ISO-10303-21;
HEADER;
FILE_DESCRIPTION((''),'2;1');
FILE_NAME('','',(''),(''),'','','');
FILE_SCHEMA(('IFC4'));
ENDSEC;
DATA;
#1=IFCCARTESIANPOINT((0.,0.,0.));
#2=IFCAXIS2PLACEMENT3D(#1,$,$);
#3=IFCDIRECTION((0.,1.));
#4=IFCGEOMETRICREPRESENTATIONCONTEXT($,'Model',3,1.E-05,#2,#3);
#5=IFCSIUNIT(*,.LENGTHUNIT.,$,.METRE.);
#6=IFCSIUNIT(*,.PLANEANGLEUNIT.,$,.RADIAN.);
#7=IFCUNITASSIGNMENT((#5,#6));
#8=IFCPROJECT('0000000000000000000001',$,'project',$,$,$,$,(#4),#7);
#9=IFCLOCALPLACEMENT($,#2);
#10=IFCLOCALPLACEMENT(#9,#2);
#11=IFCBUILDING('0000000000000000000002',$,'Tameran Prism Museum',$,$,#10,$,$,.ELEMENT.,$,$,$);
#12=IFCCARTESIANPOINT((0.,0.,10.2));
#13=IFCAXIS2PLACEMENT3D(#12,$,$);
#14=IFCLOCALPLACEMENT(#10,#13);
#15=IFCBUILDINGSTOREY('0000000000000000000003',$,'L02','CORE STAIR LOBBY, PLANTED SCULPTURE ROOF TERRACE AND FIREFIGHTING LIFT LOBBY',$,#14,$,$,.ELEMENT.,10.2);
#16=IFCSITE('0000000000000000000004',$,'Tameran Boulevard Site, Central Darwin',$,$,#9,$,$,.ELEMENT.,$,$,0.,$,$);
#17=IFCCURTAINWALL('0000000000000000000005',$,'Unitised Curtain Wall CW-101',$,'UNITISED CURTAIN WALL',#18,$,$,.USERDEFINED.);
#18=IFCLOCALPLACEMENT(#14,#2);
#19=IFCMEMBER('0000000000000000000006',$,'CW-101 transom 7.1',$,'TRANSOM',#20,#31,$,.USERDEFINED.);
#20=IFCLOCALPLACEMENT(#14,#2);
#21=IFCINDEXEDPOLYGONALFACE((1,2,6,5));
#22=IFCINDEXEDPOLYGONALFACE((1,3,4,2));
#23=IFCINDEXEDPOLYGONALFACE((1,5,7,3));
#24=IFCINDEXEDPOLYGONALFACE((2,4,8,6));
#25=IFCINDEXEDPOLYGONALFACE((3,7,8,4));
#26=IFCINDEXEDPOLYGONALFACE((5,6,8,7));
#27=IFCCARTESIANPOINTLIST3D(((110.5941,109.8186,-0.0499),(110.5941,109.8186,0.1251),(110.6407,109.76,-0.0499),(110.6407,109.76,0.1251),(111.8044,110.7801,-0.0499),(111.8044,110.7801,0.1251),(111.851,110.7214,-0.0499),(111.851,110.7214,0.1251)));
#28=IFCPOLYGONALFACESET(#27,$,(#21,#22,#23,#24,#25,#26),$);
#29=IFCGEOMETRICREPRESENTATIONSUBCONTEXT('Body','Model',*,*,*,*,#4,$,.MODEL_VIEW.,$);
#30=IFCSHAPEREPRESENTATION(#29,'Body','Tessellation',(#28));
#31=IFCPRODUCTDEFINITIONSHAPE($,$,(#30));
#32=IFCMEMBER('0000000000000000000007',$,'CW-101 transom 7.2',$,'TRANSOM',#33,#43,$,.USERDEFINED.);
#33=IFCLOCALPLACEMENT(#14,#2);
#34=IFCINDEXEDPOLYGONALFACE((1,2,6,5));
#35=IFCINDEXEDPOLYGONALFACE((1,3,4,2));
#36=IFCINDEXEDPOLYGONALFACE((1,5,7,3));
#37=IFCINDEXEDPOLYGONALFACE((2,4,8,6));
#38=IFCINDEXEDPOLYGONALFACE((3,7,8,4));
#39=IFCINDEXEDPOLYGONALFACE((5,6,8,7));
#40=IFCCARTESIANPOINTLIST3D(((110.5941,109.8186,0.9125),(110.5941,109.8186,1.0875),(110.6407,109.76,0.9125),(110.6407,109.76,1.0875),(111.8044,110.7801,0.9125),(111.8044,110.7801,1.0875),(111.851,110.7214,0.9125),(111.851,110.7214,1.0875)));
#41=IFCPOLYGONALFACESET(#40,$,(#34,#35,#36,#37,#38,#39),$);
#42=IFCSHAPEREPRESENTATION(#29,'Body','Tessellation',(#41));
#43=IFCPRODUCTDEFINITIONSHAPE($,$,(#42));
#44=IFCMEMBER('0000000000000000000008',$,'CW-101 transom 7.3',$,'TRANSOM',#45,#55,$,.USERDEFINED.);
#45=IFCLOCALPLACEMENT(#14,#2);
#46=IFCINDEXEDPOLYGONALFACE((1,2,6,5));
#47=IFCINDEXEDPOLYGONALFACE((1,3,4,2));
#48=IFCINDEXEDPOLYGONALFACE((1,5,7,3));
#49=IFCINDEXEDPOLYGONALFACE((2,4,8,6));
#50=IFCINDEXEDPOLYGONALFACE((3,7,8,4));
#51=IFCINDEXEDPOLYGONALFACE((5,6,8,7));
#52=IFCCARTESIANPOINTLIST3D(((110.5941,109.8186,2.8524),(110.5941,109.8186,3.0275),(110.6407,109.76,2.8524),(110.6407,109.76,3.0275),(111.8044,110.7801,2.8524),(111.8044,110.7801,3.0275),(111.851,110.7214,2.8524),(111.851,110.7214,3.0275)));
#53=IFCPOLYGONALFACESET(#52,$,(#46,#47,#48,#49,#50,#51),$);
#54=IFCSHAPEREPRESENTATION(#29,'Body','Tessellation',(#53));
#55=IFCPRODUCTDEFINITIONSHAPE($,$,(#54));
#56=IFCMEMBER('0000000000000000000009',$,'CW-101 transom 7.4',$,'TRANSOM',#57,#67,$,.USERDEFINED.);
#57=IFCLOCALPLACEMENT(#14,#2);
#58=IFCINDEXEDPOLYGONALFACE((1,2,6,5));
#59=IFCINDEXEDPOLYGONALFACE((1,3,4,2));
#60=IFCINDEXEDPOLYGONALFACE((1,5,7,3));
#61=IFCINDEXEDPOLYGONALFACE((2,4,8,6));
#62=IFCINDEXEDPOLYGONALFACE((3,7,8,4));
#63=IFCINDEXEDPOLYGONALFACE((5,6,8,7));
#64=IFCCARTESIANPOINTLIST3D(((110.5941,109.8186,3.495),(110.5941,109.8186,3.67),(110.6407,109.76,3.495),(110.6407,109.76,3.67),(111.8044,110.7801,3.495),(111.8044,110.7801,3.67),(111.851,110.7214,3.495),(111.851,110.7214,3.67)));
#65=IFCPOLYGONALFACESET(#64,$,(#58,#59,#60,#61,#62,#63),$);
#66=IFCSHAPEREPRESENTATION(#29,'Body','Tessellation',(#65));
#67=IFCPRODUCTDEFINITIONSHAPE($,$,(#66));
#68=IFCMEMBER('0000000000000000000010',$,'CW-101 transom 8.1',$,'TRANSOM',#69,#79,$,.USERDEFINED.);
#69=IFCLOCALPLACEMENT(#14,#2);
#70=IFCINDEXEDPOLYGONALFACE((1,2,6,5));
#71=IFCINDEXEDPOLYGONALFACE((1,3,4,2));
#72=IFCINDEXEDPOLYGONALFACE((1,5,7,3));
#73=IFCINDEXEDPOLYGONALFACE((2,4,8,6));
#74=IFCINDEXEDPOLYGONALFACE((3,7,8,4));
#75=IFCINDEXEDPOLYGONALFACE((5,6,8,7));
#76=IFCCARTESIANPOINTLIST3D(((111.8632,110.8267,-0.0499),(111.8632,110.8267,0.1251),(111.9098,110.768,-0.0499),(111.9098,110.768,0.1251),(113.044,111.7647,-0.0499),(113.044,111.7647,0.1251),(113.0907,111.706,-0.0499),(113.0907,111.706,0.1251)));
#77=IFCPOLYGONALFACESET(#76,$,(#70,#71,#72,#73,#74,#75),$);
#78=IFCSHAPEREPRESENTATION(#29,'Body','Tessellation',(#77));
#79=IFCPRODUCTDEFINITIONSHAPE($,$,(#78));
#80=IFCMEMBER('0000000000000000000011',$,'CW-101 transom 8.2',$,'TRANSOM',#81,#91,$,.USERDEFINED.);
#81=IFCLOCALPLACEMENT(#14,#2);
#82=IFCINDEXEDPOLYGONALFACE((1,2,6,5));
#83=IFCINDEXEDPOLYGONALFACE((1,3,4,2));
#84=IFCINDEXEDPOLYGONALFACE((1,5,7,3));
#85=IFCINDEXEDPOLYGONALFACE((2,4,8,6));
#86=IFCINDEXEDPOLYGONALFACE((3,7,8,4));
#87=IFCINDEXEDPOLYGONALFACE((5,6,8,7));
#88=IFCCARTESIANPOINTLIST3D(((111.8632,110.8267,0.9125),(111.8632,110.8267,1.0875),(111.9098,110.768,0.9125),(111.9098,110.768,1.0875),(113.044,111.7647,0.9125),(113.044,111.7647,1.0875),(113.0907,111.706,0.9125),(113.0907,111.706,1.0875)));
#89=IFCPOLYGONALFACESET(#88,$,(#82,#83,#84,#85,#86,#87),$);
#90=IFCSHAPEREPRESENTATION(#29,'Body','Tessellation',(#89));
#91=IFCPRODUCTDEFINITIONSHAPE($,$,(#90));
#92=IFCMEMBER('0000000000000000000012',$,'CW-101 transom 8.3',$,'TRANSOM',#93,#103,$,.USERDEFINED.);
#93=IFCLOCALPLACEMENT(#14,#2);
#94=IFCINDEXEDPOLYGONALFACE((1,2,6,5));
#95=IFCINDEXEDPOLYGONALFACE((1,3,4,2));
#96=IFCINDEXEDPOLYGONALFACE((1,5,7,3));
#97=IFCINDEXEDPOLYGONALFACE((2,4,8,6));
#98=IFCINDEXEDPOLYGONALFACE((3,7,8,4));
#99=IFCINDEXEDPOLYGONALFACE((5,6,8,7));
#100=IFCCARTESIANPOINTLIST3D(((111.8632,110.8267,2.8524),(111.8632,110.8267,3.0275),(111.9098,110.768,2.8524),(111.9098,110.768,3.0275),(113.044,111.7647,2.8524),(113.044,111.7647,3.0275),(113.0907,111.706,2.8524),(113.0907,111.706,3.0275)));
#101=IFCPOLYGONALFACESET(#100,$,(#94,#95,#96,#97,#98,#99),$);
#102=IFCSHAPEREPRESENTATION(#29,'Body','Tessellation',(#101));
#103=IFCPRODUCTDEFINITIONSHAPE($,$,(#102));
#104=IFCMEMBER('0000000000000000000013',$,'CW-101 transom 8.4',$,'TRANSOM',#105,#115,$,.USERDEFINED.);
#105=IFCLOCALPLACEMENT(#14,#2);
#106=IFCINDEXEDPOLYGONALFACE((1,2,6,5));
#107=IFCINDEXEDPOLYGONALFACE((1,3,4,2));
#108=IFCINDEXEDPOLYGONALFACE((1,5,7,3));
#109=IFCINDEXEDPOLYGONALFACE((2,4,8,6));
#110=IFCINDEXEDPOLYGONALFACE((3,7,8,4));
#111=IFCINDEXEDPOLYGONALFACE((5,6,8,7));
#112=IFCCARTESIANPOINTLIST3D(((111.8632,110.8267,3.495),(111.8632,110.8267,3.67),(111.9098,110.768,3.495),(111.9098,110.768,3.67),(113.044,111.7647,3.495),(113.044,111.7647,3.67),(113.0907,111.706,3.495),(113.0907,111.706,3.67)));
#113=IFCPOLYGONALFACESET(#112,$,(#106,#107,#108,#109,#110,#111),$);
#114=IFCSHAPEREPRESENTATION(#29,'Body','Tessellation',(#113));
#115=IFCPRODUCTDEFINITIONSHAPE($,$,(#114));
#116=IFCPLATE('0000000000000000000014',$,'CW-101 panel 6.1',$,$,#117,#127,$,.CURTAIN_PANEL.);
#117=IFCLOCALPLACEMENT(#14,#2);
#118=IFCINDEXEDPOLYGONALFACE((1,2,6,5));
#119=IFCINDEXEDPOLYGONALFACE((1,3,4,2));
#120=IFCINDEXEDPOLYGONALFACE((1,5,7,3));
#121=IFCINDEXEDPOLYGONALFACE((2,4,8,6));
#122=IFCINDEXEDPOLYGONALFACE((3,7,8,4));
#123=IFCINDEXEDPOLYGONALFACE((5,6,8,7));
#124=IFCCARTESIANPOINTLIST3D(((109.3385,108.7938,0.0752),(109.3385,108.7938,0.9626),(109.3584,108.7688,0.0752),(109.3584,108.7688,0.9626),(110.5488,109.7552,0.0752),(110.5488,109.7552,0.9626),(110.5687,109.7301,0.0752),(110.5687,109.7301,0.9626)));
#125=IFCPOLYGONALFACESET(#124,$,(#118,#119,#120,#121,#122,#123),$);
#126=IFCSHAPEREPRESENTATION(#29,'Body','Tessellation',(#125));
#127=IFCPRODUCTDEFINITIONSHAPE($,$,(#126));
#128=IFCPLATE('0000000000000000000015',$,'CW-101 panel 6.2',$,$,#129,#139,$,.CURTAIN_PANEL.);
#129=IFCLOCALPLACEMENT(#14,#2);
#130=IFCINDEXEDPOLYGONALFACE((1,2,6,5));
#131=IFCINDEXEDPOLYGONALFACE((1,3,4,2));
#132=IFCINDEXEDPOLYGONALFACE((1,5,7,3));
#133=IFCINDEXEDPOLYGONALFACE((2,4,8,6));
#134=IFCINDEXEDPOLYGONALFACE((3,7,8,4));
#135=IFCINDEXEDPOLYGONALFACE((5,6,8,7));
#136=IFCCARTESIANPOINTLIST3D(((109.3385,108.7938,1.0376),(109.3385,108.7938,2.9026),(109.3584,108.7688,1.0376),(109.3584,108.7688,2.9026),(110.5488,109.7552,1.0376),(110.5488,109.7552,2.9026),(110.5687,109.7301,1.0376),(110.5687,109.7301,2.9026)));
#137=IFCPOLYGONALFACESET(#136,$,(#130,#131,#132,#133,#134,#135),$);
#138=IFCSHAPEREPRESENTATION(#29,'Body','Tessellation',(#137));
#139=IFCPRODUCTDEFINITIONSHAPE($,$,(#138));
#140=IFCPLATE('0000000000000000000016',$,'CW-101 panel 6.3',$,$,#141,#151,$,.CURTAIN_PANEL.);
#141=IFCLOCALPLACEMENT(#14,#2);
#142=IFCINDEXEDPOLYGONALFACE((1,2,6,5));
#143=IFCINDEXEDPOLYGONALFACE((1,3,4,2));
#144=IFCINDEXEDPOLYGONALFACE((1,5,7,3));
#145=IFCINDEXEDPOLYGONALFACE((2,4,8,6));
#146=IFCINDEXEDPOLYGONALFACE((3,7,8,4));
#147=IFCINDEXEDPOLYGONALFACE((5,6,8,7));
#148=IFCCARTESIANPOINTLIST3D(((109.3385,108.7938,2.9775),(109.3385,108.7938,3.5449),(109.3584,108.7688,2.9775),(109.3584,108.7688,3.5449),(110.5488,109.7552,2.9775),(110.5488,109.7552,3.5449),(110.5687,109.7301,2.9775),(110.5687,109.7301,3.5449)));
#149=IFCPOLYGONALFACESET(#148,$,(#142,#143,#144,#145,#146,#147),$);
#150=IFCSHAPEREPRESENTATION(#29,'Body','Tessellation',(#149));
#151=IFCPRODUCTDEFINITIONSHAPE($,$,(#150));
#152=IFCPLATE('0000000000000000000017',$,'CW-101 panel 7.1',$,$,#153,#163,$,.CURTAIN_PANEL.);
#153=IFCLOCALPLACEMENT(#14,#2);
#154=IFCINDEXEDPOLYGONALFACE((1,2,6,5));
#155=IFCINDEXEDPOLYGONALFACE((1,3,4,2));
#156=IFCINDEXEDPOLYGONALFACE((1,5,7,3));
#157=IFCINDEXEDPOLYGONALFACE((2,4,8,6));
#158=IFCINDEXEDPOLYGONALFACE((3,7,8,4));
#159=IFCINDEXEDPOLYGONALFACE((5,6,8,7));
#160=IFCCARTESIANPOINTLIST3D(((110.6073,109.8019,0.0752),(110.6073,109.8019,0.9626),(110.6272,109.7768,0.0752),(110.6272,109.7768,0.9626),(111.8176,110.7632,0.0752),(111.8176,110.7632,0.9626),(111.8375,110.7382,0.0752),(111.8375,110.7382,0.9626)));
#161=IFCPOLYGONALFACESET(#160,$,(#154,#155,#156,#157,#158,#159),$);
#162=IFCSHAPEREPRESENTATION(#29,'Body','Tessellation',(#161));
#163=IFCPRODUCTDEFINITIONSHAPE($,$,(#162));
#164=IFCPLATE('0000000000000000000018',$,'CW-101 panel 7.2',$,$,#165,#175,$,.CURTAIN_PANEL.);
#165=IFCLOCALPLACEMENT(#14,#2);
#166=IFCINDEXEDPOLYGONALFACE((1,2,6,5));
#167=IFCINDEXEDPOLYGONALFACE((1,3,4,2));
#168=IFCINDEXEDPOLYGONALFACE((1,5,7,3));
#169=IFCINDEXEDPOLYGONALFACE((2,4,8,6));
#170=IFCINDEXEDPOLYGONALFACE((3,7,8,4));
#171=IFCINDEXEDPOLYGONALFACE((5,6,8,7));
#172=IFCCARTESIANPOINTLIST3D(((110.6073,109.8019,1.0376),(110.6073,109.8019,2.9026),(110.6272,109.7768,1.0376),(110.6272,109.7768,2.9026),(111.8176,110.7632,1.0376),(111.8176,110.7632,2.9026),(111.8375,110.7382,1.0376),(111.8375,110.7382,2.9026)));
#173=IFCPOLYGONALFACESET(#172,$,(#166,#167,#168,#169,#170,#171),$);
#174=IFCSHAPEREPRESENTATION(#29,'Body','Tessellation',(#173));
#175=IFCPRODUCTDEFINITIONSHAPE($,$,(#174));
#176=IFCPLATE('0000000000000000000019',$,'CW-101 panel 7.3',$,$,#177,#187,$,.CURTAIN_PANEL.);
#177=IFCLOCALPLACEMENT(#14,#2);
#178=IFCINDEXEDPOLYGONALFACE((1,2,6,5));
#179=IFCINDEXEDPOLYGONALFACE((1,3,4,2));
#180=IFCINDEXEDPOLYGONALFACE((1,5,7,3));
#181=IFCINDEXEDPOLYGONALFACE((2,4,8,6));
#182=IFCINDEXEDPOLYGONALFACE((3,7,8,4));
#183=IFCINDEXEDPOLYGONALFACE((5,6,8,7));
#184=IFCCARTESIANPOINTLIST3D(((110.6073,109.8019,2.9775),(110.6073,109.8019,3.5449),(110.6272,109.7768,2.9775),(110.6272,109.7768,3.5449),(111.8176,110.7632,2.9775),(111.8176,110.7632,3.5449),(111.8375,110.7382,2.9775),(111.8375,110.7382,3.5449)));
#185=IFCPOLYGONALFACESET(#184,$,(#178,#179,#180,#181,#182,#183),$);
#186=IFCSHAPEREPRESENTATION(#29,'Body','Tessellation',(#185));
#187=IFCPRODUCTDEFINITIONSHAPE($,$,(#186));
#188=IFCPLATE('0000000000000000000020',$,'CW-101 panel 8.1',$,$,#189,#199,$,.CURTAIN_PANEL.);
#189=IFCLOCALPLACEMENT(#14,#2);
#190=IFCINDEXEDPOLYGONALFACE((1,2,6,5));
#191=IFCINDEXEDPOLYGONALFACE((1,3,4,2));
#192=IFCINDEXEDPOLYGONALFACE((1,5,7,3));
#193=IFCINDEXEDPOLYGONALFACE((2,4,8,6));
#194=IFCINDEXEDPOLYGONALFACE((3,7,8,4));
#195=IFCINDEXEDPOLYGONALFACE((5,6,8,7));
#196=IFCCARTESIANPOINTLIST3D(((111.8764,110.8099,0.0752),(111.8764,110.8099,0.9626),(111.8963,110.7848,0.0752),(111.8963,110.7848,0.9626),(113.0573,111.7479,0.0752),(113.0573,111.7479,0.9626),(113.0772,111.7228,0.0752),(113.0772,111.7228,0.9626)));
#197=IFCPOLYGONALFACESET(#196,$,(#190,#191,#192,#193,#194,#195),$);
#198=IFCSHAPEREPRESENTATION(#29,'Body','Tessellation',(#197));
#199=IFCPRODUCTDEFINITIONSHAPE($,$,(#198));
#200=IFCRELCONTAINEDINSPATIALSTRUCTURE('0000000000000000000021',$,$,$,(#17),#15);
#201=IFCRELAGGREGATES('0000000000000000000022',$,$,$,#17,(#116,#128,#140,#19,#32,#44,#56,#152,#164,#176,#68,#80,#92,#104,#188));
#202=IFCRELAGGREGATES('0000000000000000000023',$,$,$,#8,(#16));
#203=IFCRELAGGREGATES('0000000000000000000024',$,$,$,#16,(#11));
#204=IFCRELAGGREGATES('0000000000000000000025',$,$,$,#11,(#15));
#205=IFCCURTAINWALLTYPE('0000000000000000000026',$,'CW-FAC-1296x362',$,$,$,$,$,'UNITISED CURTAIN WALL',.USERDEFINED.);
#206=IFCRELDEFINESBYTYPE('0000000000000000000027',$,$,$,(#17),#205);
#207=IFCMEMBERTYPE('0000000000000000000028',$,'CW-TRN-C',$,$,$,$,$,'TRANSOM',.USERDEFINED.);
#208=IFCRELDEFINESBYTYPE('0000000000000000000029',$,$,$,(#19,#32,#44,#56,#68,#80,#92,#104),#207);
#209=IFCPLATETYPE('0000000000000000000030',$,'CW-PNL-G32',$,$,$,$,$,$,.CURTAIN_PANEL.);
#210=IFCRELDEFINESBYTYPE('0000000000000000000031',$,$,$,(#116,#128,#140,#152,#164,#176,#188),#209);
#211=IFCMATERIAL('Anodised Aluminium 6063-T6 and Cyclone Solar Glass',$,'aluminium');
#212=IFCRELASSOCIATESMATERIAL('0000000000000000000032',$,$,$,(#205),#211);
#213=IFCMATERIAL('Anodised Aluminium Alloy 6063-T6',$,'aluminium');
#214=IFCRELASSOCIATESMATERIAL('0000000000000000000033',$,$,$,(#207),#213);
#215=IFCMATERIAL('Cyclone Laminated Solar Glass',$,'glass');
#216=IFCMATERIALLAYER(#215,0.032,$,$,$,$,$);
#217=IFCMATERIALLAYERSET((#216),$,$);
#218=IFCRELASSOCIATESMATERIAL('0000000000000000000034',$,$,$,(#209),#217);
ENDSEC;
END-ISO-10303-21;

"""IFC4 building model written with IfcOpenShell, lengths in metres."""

from ifc_helpers import new_model, si_unit, direction, frame, origin, origin_2d, place, context, subcontext, project, spatial, rectangle, extrude, material, layer, layer_set, material_profile, profile_set, type_object, element, aggregate, save


model = new_model("IFC4")

# Units and contexts
model_context = context("Model", 3, precision=1e-05, world=origin(), true_north=direction((0.0, 1.0)))
body_context = subcontext(model_context, "Body", "Model", "MODEL_VIEW")
ifc_project = project(units=[si_unit("LENGTHUNIT", "METRE"), si_unit("PLANEANGLEUNIT", "RADIAN")], contexts=[model_context])

# Site, building, storey
site_placement = place(None, origin())
site = spatial("IfcSite", under=ifc_project, at=site_placement, Name="Tameran Boulevard Site, Central Darwin", CompositionType="ELEMENT", RefElevation=0.0)
building_placement = place(site_placement, origin())
building = spatial("IfcBuilding", under=site, at=building_placement, Name="Tameran Prism Museum", CompositionType="ELEMENT")
storey_placement = place(building_placement, frame((0.0, 0.0, 10.2)))
storey = spatial("IfcBuildingStorey", under=building, at=storey_placement, Name="L02", Description="CORE STAIR LOBBY, PLANTED SCULPTURE ROOF TERRACE AND FIREFIGHTING LIFT LOBBY", CompositionType="ELEMENT", Elevation=10.2)

# Curtain wall, members, plates
ifc_material_1 = material(Name="Anodised Aluminium 6063-T6 and Cyclone Solar Glass", Category="aluminium")
curtain_wall_type = type_object("IfcCurtainWallType", Name="CW-FAC-1296x362", ElementType="UNITISED CURTAIN WALL", PredefinedType="USERDEFINED", material=ifc_material_1)
curtain_wall_placement = place(storey_placement, origin())
curtain_wall = element("IfcCurtainWall", 1, at=curtain_wall_placement, inside=storey, type_object=curtain_wall_type, Name="Unitised Curtain Wall CW-101", ObjectType="UNITISED CURTAIN WALL", PredefinedType="USERDEFINED")
ifc_material_2 = material(Name="Anodised Aluminium Alloy 6063-T6", Category="aluminium")
ifc_material_profile_1 = material_profile(ifc_material_2, rectangle(XDim=0.075, YDim=0.175, at=origin_2d()))
ifc_profile_set_1 = profile_set([ifc_material_profile_1])
member_type_1 = type_object("IfcMemberType", Name="CW-TRN-C", ElementType="TRANSOM", PredefinedType="USERDEFINED", material=ifc_profile_set_1)
member_1_placement = place(storey_placement, frame((110.6174, 109.7893, 0.0376), z_axis=(0.782991, 0.622033, 0.0), x_axis=(-0.622033, 0.782991, 0.0)))
member_1 = element("IfcMember", 2, at=member_1_placement, type_object=member_type_1, Name="CW-101 transom 7.1", ObjectType="TRANSOM", PredefinedType="USERDEFINED", context=body_context, shape_type="SweptSolid", body=[
    extrude(rectangle(XDim=0.075, YDim=0.175, at=origin_2d()), origin(), (0.0, 0.0, 1.0), 1.5457),
])
member_2_placement = place(storey_placement, frame((110.6174, 109.7893, 1.0), z_axis=(0.782991, 0.622033, 0.0), x_axis=(-0.622033, 0.782991, 0.0)))
member_2 = element("IfcMember", 3, at=member_2_placement, type_object=member_type_1, Name="CW-101 transom 7.2", ObjectType="TRANSOM", PredefinedType="USERDEFINED", context=body_context, shape_type="SweptSolid", body=[
    extrude(rectangle(XDim=0.075, YDim=0.175, at=origin_2d()), origin(), (0.0, 0.0, 1.0), 1.5457),
])
member_3_placement = place(storey_placement, frame((110.6174, 109.7893, 2.9399), z_axis=(0.782991, 0.622033, 0.0), x_axis=(-0.622033, 0.782991, 0.0)))
member_3 = element("IfcMember", 4, at=member_3_placement, type_object=member_type_1, Name="CW-101 transom 7.3", ObjectType="TRANSOM", PredefinedType="USERDEFINED", context=body_context, shape_type="SweptSolid", body=[
    extrude(rectangle(XDim=0.075, YDim=0.175, at=origin_2d()), origin(), (0.0, 0.0, 1.0), 1.5457),
])
member_4_placement = place(storey_placement, frame((110.6174, 109.7893, 3.5825), z_axis=(0.782991, 0.622033, 0.0), x_axis=(-0.622033, 0.782991, 0.0)))
member_4 = element("IfcMember", 5, at=member_4_placement, type_object=member_type_1, Name="CW-101 transom 7.4", ObjectType="TRANSOM", PredefinedType="USERDEFINED", context=body_context, shape_type="SweptSolid", body=[
    extrude(rectangle(XDim=0.075, YDim=0.175, at=origin_2d()), origin(), (0.0, 0.0, 1.0), 1.5457),
])
member_5_placement = place(storey_placement, frame((111.8865, 110.7974, 0.0376), z_axis=(0.783044, 0.621967, 0.0), x_axis=(-0.621967, 0.783044, 0.0)))
member_5 = element("IfcMember", 6, at=member_5_placement, type_object=member_type_1, Name="CW-101 transom 8.1", ObjectType="TRANSOM", PredefinedType="USERDEFINED", context=body_context, shape_type="SweptSolid", body=[
    extrude(rectangle(XDim=0.075, YDim=0.175, at=origin_2d()), origin(), (0.0, 0.0, 1.0), 1.5081),
])
member_6_placement = place(storey_placement, frame((111.8865, 110.7974, 1.0), z_axis=(0.783044, 0.621967, 0.0), x_axis=(-0.621967, 0.783044, 0.0)))
member_6 = element("IfcMember", 7, at=member_6_placement, type_object=member_type_1, Name="CW-101 transom 8.2", ObjectType="TRANSOM", PredefinedType="USERDEFINED", context=body_context, shape_type="SweptSolid", body=[
    extrude(rectangle(XDim=0.075, YDim=0.175, at=origin_2d()), origin(), (0.0, 0.0, 1.0), 1.5081),
])
member_7_placement = place(storey_placement, frame((111.8865, 110.7974, 2.9399), z_axis=(0.783044, 0.621967, 0.0), x_axis=(-0.621967, 0.783044, 0.0)))
member_7 = element("IfcMember", 8, at=member_7_placement, type_object=member_type_1, Name="CW-101 transom 8.3", ObjectType="TRANSOM", PredefinedType="USERDEFINED", context=body_context, shape_type="SweptSolid", body=[
    extrude(rectangle(XDim=0.075, YDim=0.175, at=origin_2d()), origin(), (0.0, 0.0, 1.0), 1.5081),
])
member_8_placement = place(storey_placement, frame((111.8865, 110.7974, 3.5825), z_axis=(0.783044, 0.621967, 0.0), x_axis=(-0.621967, 0.783044, 0.0)))
member_8 = element("IfcMember", 9, at=member_8_placement, type_object=member_type_1, Name="CW-101 transom 8.4", ObjectType="TRANSOM", PredefinedType="USERDEFINED", context=body_context, shape_type="SweptSolid", body=[
    extrude(rectangle(XDim=0.075, YDim=0.175, at=origin_2d()), origin(), (0.0, 0.0, 1.0), 1.5081),
])
ifc_material_3 = material(Name="Cyclone Laminated Solar Glass", Category="glass")
ifc_layer_1 = layer(ifc_material_3, 0.032)
ifc_layer_set_1 = layer_set([ifc_layer_1])
plate_type = type_object("IfcPlateType", Name="CW-PNL-G32", PredefinedType="CURTAIN_PANEL", material=ifc_layer_set_1)
plate_1_placement = place(storey_placement, frame((109.9536, 109.262, 0.0752), z_axis=(0.0, 0.0, 1.0), x_axis=(0.783031, 0.621982, 0.0)))
plate_1 = element("IfcPlate", 10, at=plate_1_placement, type_object=plate_type, Name="CW-101 panel 6.1", PredefinedType="CURTAIN_PANEL", context=body_context, shape_type="SweptSolid", body=[
    extrude(rectangle(XDim=1.5457, YDim=0.032, at=origin_2d()), origin(), (0.0, 0.0, 1.0), 0.8875),
])
plate_2_placement = place(storey_placement, frame((109.9536, 109.262, 1.0376), z_axis=(0.0, 0.0, 1.0), x_axis=(0.783031, 0.621982, 0.0)))
plate_2 = element("IfcPlate", 11, at=plate_2_placement, type_object=plate_type, Name="CW-101 panel 6.2", PredefinedType="CURTAIN_PANEL", context=body_context, shape_type="SweptSolid", body=[
    extrude(rectangle(XDim=1.5457, YDim=0.032, at=origin_2d()), origin(), (0.0, 0.0, 1.0), 1.865),
])
plate_3_placement = place(storey_placement, frame((109.9536, 109.262, 2.9775), z_axis=(0.0, 0.0, 1.0), x_axis=(0.783031, 0.621982, 0.0)))
plate_3 = element("IfcPlate", 12, at=plate_3_placement, type_object=plate_type, Name="CW-101 panel 6.3", PredefinedType="CURTAIN_PANEL", context=body_context, shape_type="SweptSolid", body=[
    extrude(rectangle(XDim=1.5457, YDim=0.032, at=origin_2d()), origin(), (0.0, 0.0, 1.0), 0.5674),
])
plate_4_placement = place(storey_placement, frame((111.2224, 110.27, 0.0752), z_axis=(0.0, 0.0, 1.0), x_axis=(0.783031, 0.621982, 0.0)))
plate_4 = element("IfcPlate", 13, at=plate_4_placement, type_object=plate_type, Name="CW-101 panel 7.1", PredefinedType="CURTAIN_PANEL", context=body_context, shape_type="SweptSolid", body=[
    extrude(rectangle(XDim=1.5457, YDim=0.032, at=origin_2d()), origin(), (0.0, 0.0, 1.0), 0.8875),
])
plate_5_placement = place(storey_placement, frame((111.2224, 110.27, 1.0376), z_axis=(0.0, 0.0, 1.0), x_axis=(0.783031, 0.621982, 0.0)))
plate_5 = element("IfcPlate", 14, at=plate_5_placement, type_object=plate_type, Name="CW-101 panel 7.2", PredefinedType="CURTAIN_PANEL", context=body_context, shape_type="SweptSolid", body=[
    extrude(rectangle(XDim=1.5457, YDim=0.032, at=origin_2d()), origin(), (0.0, 0.0, 1.0), 1.865),
])
plate_6_placement = place(storey_placement, frame((111.2224, 110.27, 2.9775), z_axis=(0.0, 0.0, 1.0), x_axis=(0.783031, 0.621982, 0.0)))
plate_6 = element("IfcPlate", 15, at=plate_6_placement, type_object=plate_type, Name="CW-101 panel 7.3", PredefinedType="CURTAIN_PANEL", context=body_context, shape_type="SweptSolid", body=[
    extrude(rectangle(XDim=1.5457, YDim=0.032, at=origin_2d()), origin(), (0.0, 0.0, 1.0), 0.5674),
])
plate_7_placement = place(storey_placement, frame((112.4768, 111.2664, 0.0752), z_axis=(0.0, 0.0, 1.0), x_axis=(0.783031, 0.621982, 0.0)))
plate_7 = element("IfcPlate", 16, at=plate_7_placement, type_object=plate_type, Name="CW-101 panel 8.1", PredefinedType="CURTAIN_PANEL", context=body_context, shape_type="SweptSolid", body=[
    extrude(rectangle(XDim=1.5081, YDim=0.032, at=origin_2d()), origin(), (0.0, 0.0, 1.0), 0.8875),
])
aggregate(curtain_wall, [plate_1, plate_2, plate_3, member_1, member_2, member_3, member_4, plate_4, plate_5, plate_6, member_5, member_6, member_7, member_8, plate_7])

save(model, "model.ifc")
